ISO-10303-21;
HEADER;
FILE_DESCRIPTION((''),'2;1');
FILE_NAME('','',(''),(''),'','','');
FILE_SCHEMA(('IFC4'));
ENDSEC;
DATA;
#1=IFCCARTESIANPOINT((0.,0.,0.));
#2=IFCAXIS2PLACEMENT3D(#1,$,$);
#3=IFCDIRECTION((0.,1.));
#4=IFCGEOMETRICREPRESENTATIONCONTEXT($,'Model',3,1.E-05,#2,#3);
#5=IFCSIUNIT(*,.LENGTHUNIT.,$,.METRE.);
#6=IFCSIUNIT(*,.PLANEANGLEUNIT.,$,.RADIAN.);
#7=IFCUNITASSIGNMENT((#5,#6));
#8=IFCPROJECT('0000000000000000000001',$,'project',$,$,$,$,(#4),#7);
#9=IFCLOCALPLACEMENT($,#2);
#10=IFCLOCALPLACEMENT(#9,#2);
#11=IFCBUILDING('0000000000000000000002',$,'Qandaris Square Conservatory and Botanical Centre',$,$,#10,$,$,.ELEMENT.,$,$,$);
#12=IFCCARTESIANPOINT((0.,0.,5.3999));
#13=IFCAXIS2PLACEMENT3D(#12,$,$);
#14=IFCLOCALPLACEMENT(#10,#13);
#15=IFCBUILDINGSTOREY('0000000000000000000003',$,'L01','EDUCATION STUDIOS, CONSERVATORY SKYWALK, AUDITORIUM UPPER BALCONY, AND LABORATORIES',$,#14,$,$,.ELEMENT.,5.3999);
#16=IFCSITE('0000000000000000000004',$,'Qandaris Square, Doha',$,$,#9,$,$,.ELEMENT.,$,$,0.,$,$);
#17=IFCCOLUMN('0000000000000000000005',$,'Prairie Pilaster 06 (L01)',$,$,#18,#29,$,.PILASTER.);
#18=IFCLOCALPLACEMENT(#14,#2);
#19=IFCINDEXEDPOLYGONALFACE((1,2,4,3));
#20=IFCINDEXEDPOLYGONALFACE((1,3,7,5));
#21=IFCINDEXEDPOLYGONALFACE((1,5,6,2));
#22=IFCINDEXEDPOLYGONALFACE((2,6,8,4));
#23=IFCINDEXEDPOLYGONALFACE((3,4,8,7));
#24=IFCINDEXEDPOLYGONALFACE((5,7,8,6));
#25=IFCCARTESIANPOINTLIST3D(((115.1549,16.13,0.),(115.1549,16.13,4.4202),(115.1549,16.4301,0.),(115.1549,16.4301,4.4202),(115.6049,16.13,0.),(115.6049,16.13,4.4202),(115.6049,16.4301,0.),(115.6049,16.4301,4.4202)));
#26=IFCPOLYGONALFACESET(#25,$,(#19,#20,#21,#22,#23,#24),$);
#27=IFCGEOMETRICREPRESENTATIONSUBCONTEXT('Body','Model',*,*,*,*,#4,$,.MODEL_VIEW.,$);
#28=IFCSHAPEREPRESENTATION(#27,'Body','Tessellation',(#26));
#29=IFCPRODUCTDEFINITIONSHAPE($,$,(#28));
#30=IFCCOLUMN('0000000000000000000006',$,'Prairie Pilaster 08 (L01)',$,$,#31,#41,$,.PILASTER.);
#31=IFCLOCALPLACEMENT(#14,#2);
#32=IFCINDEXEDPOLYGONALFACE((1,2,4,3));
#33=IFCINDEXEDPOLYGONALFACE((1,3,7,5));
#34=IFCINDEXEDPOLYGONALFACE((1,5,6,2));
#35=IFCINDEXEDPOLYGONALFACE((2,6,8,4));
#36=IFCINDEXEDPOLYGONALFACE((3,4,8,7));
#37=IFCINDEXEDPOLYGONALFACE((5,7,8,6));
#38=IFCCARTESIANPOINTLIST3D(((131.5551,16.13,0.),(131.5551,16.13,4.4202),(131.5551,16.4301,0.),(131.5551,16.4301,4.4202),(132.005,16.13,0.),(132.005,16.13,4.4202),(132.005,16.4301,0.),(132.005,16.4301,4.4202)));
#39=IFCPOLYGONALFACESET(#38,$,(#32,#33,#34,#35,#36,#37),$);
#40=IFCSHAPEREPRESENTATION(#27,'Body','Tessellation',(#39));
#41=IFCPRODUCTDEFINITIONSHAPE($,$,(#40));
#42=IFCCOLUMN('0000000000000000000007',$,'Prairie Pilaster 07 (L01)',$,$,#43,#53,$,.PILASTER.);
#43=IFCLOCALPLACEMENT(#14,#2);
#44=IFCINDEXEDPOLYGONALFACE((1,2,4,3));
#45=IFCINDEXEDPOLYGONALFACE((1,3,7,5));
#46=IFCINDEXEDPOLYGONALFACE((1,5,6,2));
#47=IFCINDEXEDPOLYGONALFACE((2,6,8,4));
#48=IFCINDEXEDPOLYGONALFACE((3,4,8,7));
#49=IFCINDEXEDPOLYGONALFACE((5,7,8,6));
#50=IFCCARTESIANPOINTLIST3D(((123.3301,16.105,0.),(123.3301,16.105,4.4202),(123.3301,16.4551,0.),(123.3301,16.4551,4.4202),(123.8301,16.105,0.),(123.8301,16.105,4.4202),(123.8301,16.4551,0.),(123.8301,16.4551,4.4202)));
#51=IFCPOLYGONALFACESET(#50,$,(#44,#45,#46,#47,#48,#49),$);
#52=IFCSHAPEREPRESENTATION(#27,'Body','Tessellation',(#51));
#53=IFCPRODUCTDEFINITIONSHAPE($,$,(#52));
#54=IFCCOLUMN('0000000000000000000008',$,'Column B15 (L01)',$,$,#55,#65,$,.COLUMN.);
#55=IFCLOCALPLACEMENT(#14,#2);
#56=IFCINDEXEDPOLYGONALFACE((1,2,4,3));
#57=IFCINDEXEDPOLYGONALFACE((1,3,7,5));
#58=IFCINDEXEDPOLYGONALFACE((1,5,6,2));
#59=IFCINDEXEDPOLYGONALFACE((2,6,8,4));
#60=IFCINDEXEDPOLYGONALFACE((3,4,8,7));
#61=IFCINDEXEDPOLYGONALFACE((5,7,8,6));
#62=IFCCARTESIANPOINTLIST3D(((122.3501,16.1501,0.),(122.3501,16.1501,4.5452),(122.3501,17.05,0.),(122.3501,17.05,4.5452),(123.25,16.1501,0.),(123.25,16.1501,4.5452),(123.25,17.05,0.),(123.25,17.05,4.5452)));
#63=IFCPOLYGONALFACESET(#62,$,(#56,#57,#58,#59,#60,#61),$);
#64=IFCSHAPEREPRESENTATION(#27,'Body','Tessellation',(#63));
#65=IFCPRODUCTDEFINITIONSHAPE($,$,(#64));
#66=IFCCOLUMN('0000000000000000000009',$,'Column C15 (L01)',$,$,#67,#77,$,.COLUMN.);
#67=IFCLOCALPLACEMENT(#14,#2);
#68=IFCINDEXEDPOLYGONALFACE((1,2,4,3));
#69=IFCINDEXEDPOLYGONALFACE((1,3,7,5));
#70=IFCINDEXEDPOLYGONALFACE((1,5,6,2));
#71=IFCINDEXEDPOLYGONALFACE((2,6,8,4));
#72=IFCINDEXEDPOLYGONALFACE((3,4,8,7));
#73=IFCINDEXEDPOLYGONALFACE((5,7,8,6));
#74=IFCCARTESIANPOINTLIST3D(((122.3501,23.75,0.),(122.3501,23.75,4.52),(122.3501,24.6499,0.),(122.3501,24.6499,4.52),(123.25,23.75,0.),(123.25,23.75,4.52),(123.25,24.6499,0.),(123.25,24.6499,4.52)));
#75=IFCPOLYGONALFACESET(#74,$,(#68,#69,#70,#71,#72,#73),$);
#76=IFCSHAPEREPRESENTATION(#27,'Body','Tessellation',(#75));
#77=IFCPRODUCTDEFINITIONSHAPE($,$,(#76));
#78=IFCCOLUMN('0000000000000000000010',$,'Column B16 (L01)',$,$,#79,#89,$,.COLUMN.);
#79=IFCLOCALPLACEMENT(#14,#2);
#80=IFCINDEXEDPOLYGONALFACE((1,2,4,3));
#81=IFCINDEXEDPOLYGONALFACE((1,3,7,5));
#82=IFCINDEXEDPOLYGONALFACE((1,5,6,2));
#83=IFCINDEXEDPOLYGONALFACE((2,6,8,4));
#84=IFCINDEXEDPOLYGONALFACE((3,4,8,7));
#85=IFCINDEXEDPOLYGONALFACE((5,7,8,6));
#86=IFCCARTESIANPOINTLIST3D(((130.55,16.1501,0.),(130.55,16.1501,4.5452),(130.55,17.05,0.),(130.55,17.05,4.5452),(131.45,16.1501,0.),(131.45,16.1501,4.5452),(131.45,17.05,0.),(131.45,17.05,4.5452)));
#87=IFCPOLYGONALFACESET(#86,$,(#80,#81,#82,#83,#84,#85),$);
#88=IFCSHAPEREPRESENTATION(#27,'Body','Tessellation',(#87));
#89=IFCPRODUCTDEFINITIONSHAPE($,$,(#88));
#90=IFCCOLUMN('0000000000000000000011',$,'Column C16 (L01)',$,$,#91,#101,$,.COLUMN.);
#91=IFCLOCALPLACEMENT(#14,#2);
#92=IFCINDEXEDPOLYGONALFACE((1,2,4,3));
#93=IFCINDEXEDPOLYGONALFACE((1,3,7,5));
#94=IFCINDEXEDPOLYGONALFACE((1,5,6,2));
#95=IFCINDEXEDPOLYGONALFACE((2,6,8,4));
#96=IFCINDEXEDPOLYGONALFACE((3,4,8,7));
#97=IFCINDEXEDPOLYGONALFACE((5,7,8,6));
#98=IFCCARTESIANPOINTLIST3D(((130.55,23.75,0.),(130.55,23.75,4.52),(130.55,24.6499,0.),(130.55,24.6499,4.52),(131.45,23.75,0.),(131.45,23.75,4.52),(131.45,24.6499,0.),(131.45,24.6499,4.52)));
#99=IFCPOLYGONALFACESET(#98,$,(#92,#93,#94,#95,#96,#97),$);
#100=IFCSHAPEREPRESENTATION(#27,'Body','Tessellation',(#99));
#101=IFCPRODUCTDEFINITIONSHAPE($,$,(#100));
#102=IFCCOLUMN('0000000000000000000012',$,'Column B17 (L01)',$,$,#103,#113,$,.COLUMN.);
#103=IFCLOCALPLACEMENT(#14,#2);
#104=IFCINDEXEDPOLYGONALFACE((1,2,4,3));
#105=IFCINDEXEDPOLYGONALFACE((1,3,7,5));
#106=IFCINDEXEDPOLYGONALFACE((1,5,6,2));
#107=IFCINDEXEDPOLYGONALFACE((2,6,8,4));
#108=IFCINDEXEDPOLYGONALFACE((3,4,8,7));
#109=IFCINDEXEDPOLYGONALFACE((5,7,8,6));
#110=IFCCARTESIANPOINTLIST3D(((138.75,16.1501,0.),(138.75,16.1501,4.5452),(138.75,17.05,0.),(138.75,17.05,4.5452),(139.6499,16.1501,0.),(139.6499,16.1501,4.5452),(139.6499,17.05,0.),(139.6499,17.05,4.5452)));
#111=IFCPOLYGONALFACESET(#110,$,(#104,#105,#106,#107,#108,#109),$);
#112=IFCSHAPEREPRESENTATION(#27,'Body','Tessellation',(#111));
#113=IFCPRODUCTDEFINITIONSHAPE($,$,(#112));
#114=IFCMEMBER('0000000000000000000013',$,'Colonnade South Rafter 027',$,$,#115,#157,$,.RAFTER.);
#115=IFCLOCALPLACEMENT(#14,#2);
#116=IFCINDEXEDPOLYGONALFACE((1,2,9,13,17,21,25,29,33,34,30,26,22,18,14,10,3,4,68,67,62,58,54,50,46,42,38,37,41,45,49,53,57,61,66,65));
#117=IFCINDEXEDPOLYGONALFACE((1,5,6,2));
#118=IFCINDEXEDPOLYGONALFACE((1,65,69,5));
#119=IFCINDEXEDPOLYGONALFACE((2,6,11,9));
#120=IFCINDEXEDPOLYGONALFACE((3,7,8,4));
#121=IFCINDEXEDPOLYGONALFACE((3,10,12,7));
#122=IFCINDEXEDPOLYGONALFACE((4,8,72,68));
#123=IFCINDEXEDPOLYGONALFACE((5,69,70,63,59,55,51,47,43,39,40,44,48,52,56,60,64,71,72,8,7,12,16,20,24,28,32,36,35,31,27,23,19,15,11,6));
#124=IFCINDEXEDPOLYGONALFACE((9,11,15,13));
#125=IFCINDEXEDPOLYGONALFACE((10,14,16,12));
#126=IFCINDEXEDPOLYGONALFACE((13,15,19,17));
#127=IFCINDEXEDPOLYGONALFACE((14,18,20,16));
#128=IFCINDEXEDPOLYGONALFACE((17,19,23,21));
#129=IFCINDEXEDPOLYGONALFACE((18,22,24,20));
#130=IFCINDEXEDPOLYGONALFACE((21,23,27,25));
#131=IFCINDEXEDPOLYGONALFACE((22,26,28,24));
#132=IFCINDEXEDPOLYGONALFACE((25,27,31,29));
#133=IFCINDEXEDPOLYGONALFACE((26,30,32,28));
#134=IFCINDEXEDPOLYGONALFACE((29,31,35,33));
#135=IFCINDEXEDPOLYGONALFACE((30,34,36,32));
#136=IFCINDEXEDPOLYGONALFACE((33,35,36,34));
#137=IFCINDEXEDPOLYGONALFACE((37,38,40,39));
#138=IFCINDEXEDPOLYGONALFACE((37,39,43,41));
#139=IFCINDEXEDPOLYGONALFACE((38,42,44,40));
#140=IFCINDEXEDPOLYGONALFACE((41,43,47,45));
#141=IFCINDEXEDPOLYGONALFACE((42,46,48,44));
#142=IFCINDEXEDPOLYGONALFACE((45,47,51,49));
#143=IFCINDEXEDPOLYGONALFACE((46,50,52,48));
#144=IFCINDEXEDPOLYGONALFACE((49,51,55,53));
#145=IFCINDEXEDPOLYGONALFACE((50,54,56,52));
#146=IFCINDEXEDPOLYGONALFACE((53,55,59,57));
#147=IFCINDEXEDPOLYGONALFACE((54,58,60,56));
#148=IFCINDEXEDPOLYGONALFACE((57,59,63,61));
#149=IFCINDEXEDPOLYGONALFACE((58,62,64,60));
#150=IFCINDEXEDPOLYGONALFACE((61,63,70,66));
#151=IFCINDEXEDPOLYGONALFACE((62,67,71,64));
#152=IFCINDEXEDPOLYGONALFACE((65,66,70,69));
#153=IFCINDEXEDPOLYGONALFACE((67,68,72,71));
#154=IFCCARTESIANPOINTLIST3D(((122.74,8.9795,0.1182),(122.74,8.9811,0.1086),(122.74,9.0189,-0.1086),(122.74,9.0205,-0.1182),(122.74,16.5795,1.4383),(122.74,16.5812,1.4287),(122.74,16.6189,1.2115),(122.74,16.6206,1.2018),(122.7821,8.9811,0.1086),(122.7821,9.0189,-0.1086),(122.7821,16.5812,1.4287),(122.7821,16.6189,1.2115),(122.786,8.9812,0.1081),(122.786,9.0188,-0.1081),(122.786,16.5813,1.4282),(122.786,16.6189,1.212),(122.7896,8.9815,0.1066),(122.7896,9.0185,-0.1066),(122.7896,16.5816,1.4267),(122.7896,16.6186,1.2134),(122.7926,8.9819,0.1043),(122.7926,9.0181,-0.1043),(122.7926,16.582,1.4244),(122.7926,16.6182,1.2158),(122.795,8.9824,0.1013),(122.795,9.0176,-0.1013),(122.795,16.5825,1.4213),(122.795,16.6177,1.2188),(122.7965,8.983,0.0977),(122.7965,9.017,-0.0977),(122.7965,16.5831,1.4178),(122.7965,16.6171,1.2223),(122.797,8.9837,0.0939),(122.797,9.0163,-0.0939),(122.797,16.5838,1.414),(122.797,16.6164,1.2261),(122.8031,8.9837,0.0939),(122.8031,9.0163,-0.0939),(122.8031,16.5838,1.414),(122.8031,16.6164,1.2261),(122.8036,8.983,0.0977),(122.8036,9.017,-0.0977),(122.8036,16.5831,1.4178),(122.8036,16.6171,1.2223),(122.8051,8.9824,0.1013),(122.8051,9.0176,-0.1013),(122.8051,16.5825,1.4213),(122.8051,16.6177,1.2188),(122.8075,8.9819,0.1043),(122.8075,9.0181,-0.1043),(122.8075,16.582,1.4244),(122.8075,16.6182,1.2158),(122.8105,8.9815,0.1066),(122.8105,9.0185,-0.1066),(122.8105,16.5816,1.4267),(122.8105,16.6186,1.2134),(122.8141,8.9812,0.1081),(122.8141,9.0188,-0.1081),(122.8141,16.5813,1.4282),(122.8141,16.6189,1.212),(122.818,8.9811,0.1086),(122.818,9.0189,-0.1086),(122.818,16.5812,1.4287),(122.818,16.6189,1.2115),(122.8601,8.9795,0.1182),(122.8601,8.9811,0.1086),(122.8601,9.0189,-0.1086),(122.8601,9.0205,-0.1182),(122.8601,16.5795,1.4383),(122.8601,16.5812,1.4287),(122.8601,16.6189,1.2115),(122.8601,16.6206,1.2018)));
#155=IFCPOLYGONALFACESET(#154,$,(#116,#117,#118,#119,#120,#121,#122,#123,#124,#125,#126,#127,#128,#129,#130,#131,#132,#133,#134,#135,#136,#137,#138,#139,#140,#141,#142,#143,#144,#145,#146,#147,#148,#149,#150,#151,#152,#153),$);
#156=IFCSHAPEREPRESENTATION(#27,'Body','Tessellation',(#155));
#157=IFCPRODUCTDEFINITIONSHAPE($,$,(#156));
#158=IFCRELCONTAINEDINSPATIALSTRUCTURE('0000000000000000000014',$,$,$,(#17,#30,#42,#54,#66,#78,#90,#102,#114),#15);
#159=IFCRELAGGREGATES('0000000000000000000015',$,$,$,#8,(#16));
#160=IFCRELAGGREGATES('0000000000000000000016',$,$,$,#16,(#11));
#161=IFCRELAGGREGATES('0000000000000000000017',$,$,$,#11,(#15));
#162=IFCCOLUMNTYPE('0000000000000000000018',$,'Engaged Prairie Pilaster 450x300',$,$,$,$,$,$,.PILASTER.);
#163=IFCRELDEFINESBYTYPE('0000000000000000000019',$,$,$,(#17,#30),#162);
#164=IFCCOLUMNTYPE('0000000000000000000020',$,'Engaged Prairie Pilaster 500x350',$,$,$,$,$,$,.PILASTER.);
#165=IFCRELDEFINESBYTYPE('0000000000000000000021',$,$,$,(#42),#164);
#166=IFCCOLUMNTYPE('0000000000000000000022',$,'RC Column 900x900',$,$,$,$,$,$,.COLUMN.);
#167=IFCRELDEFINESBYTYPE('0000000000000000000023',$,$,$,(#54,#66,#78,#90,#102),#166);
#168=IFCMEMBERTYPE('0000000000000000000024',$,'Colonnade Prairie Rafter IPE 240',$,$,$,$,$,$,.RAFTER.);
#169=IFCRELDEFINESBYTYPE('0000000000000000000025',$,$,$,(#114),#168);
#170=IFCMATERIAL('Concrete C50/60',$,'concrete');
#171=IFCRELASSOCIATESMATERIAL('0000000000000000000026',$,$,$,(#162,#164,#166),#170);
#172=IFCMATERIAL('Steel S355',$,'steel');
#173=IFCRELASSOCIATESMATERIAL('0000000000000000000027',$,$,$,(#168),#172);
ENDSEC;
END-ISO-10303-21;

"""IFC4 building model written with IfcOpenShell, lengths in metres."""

from ifc_helpers import new_model, si_unit, direction, frame, origin, origin_2d, place, context, subcontext, project, spatial, rectangle, i_section, extrude, material, material_profile, profile_set, type_object, element, save


model = new_model("IFC4")

# Units and contexts
model_context = context("Model", 3, precision=1e-05, world=origin(), true_north=direction((0.0, 1.0)))
body_context = subcontext(model_context, "Body", "Model", "MODEL_VIEW")
ifc_project = project(units=[si_unit("LENGTHUNIT", "METRE"), si_unit("PLANEANGLEUNIT", "RADIAN")], contexts=[model_context])

# Site, building, storey
site_placement = place(None, origin())
site = spatial("IfcSite", under=ifc_project, at=site_placement, Name="Qandaris Square, Doha", CompositionType="ELEMENT", RefElevation=0.0)
building_placement = place(site_placement, origin())
building = spatial("IfcBuilding", under=site, at=building_placement, Name="Qandaris Square Conservatory and Botanical Centre", CompositionType="ELEMENT")
storey_placement = place(building_placement, frame((0.0, 0.0, 5.3999)))
storey = spatial("IfcBuildingStorey", under=building, at=storey_placement, Name="L01", Description="EDUCATION STUDIOS, CONSERVATORY SKYWALK, AUDITORIUM UPPER BALCONY, AND LABORATORIES", CompositionType="ELEMENT", Elevation=5.3999)

# Columns
ifc_material_1 = material(Name="Concrete C50/60", Category="concrete")
ifc_material_profile_1 = material_profile(ifc_material_1, rectangle(XDim=0.45, YDim=0.3, at=origin_2d()), Name="RC-PIL 450x300")
ifc_profile_set_1 = profile_set([ifc_material_profile_1], Name="Concrete C50/60")
column_type_1 = type_object("IfcColumnType", Name="Engaged Prairie Pilaster 450x300", PredefinedType="PILASTER", material=ifc_profile_set_1)
for number, where, z_axis, x_axis, name in (
    (1, (115.3799, 16.28, 0.0), (0.0, 0.0, 1.0), (1.0, 0.0, 0.0), "Prairie Pilaster 06 (L01)"),
    (2, (131.78, 16.28, 0.0), (0.0, 0.0, 1.0), (1.0, 0.0, 0.0), "Prairie Pilaster 08 (L01)"),
):
    element("IfcColumn", number, at=place(storey_placement, frame(where, z_axis=z_axis, x_axis=x_axis)), inside=storey, type_object=column_type_1, Name=name, PredefinedType="PILASTER", context=body_context, shape_type="SweptSolid", body=[
        extrude(rectangle(XDim=0.45, YDim=0.3, at=origin_2d()), origin(), (0.0, 0.0, 1.0), 4.4202),
    ])
ifc_material_profile_2 = material_profile(ifc_material_1, rectangle(XDim=0.5, YDim=0.3501, at=origin_2d()), Name="RC-PIL 500x350")
ifc_profile_set_2 = profile_set([ifc_material_profile_2], Name="Concrete C50/60")
column_type_2 = type_object("IfcColumnType", Name="Engaged Prairie Pilaster 500x350", PredefinedType="PILASTER", material=ifc_profile_set_2)
column_1_placement = place(storey_placement, frame((123.5801, 16.28, 0.0), z_axis=(0.0, 0.0, 1.0), x_axis=(1.0, 0.0, 0.0)))
element("IfcColumn", 3, at=column_1_placement, inside=storey, type_object=column_type_2, Name="Prairie Pilaster 07 (L01)", PredefinedType="PILASTER", context=body_context, shape_type="SweptSolid", body=[
    extrude(rectangle(XDim=0.5, YDim=0.3501, at=origin_2d()), origin(), (0.0, 0.0, 1.0), 4.4202),
])
ifc_material_profile_3 = material_profile(ifc_material_1, rectangle(XDim=0.8999, YDim=0.8999, at=origin_2d()), Name="RC-COL 900x900")
ifc_profile_set_3 = profile_set([ifc_material_profile_3], Name="Concrete C50/60")
column_type_3 = type_object("IfcColumnType", Name="RC Column 900x900", PredefinedType="COLUMN", material=ifc_profile_set_3)
column_2_placement = place(storey_placement, frame((122.8, 16.6001, 0.0), z_axis=(0.0, 0.0, 1.0), x_axis=(1.0, 0.0, 0.0)))
element("IfcColumn", 4, at=column_2_placement, inside=storey, type_object=column_type_3, Name="Column B15 (L01)", PredefinedType="COLUMN", context=body_context, shape_type="SweptSolid", body=[
    extrude(rectangle(XDim=0.8999, YDim=0.8999, at=origin_2d()), origin(), (0.0, 0.0, 1.0), 4.5452),
])
column_3_placement = place(storey_placement, frame((122.8, 24.2, 0.0), z_axis=(0.0, 0.0, 1.0), x_axis=(1.0, 0.0, 0.0)))
element("IfcColumn", 5, at=column_3_placement, inside=storey, type_object=column_type_3, Name="Column C15 (L01)", PredefinedType="COLUMN", context=body_context, shape_type="SweptSolid", body=[
    extrude(rectangle(XDim=0.8999, YDim=0.8999, at=origin_2d()), origin(), (0.0, 0.0, 1.0), 4.52),
])
column_4_placement = place(storey_placement, frame((131.0, 16.6001, 0.0), z_axis=(0.0, 0.0, 1.0), x_axis=(1.0, 0.0, 0.0)))
element("IfcColumn", 6, at=column_4_placement, inside=storey, type_object=column_type_3, Name="Column B16 (L01)", PredefinedType="COLUMN", context=body_context, shape_type="SweptSolid", body=[
    extrude(rectangle(XDim=0.8999, YDim=0.8999, at=origin_2d()), origin(), (0.0, 0.0, 1.0), 4.5452),
])
column_5_placement = place(storey_placement, frame((131.0, 24.2, 0.0), z_axis=(0.0, 0.0, 1.0), x_axis=(1.0, 0.0, 0.0)))
element("IfcColumn", 7, at=column_5_placement, inside=storey, type_object=column_type_3, Name="Column C16 (L01)", PredefinedType="COLUMN", context=body_context, shape_type="SweptSolid", body=[
    extrude(rectangle(XDim=0.8999, YDim=0.8999, at=origin_2d()), origin(), (0.0, 0.0, 1.0), 4.52),
])
column_6_placement = place(storey_placement, frame((139.2, 16.6001, 0.0), z_axis=(0.0, 0.0, 1.0), x_axis=(1.0, 0.0, 0.0)))
element("IfcColumn", 8, at=column_6_placement, inside=storey, type_object=column_type_3, Name="Column B17 (L01)", PredefinedType="COLUMN", context=body_context, shape_type="SweptSolid", body=[
    extrude(rectangle(XDim=0.8999, YDim=0.8999, at=origin_2d()), origin(), (0.0, 0.0, 1.0), 4.5452),
])

# Member
ifc_material_2 = material(Name="Steel S355", Category="steel")
ifc_material_profile_4 = material_profile(ifc_material_2, i_section(OverallWidth=0.1201, OverallDepth=0.24, WebThickness=0.0061, FlangeThickness=0.0098, FilletRadius=0.0149, at=origin_2d()), Name="IPE 240")
ifc_profile_set_4 = profile_set([ifc_material_profile_4], Name="Steel S355")
member_type = type_object("IfcMemberType", Name="Colonnade Prairie Rafter IPE 240", PredefinedType="RAFTER", material=ifc_profile_set_4)
for number, where, z_axis, x_axis, name in (
    (9, (122.8, 9.0, 0.0), (0.0, 0.985249, 0.171129), (-1.0, 0.0, 0.0), "Colonnade South Rafter 027"),
):
    element("IfcMember", number, at=place(storey_placement, frame(where, z_axis=z_axis, x_axis=x_axis)), inside=storey, type_object=member_type, Name=name, PredefinedType="RAFTER", context=body_context, shape_type="SweptSolid", body=[
        extrude(i_section(OverallWidth=0.1201, OverallDepth=0.24, WebThickness=0.0061, FlangeThickness=0.0098, FilletRadius=0.0149, at=origin_2d()), origin(), (0.0, 0.0, 1.0), 7.7139),
    ])

save(model, "model.ifc")
